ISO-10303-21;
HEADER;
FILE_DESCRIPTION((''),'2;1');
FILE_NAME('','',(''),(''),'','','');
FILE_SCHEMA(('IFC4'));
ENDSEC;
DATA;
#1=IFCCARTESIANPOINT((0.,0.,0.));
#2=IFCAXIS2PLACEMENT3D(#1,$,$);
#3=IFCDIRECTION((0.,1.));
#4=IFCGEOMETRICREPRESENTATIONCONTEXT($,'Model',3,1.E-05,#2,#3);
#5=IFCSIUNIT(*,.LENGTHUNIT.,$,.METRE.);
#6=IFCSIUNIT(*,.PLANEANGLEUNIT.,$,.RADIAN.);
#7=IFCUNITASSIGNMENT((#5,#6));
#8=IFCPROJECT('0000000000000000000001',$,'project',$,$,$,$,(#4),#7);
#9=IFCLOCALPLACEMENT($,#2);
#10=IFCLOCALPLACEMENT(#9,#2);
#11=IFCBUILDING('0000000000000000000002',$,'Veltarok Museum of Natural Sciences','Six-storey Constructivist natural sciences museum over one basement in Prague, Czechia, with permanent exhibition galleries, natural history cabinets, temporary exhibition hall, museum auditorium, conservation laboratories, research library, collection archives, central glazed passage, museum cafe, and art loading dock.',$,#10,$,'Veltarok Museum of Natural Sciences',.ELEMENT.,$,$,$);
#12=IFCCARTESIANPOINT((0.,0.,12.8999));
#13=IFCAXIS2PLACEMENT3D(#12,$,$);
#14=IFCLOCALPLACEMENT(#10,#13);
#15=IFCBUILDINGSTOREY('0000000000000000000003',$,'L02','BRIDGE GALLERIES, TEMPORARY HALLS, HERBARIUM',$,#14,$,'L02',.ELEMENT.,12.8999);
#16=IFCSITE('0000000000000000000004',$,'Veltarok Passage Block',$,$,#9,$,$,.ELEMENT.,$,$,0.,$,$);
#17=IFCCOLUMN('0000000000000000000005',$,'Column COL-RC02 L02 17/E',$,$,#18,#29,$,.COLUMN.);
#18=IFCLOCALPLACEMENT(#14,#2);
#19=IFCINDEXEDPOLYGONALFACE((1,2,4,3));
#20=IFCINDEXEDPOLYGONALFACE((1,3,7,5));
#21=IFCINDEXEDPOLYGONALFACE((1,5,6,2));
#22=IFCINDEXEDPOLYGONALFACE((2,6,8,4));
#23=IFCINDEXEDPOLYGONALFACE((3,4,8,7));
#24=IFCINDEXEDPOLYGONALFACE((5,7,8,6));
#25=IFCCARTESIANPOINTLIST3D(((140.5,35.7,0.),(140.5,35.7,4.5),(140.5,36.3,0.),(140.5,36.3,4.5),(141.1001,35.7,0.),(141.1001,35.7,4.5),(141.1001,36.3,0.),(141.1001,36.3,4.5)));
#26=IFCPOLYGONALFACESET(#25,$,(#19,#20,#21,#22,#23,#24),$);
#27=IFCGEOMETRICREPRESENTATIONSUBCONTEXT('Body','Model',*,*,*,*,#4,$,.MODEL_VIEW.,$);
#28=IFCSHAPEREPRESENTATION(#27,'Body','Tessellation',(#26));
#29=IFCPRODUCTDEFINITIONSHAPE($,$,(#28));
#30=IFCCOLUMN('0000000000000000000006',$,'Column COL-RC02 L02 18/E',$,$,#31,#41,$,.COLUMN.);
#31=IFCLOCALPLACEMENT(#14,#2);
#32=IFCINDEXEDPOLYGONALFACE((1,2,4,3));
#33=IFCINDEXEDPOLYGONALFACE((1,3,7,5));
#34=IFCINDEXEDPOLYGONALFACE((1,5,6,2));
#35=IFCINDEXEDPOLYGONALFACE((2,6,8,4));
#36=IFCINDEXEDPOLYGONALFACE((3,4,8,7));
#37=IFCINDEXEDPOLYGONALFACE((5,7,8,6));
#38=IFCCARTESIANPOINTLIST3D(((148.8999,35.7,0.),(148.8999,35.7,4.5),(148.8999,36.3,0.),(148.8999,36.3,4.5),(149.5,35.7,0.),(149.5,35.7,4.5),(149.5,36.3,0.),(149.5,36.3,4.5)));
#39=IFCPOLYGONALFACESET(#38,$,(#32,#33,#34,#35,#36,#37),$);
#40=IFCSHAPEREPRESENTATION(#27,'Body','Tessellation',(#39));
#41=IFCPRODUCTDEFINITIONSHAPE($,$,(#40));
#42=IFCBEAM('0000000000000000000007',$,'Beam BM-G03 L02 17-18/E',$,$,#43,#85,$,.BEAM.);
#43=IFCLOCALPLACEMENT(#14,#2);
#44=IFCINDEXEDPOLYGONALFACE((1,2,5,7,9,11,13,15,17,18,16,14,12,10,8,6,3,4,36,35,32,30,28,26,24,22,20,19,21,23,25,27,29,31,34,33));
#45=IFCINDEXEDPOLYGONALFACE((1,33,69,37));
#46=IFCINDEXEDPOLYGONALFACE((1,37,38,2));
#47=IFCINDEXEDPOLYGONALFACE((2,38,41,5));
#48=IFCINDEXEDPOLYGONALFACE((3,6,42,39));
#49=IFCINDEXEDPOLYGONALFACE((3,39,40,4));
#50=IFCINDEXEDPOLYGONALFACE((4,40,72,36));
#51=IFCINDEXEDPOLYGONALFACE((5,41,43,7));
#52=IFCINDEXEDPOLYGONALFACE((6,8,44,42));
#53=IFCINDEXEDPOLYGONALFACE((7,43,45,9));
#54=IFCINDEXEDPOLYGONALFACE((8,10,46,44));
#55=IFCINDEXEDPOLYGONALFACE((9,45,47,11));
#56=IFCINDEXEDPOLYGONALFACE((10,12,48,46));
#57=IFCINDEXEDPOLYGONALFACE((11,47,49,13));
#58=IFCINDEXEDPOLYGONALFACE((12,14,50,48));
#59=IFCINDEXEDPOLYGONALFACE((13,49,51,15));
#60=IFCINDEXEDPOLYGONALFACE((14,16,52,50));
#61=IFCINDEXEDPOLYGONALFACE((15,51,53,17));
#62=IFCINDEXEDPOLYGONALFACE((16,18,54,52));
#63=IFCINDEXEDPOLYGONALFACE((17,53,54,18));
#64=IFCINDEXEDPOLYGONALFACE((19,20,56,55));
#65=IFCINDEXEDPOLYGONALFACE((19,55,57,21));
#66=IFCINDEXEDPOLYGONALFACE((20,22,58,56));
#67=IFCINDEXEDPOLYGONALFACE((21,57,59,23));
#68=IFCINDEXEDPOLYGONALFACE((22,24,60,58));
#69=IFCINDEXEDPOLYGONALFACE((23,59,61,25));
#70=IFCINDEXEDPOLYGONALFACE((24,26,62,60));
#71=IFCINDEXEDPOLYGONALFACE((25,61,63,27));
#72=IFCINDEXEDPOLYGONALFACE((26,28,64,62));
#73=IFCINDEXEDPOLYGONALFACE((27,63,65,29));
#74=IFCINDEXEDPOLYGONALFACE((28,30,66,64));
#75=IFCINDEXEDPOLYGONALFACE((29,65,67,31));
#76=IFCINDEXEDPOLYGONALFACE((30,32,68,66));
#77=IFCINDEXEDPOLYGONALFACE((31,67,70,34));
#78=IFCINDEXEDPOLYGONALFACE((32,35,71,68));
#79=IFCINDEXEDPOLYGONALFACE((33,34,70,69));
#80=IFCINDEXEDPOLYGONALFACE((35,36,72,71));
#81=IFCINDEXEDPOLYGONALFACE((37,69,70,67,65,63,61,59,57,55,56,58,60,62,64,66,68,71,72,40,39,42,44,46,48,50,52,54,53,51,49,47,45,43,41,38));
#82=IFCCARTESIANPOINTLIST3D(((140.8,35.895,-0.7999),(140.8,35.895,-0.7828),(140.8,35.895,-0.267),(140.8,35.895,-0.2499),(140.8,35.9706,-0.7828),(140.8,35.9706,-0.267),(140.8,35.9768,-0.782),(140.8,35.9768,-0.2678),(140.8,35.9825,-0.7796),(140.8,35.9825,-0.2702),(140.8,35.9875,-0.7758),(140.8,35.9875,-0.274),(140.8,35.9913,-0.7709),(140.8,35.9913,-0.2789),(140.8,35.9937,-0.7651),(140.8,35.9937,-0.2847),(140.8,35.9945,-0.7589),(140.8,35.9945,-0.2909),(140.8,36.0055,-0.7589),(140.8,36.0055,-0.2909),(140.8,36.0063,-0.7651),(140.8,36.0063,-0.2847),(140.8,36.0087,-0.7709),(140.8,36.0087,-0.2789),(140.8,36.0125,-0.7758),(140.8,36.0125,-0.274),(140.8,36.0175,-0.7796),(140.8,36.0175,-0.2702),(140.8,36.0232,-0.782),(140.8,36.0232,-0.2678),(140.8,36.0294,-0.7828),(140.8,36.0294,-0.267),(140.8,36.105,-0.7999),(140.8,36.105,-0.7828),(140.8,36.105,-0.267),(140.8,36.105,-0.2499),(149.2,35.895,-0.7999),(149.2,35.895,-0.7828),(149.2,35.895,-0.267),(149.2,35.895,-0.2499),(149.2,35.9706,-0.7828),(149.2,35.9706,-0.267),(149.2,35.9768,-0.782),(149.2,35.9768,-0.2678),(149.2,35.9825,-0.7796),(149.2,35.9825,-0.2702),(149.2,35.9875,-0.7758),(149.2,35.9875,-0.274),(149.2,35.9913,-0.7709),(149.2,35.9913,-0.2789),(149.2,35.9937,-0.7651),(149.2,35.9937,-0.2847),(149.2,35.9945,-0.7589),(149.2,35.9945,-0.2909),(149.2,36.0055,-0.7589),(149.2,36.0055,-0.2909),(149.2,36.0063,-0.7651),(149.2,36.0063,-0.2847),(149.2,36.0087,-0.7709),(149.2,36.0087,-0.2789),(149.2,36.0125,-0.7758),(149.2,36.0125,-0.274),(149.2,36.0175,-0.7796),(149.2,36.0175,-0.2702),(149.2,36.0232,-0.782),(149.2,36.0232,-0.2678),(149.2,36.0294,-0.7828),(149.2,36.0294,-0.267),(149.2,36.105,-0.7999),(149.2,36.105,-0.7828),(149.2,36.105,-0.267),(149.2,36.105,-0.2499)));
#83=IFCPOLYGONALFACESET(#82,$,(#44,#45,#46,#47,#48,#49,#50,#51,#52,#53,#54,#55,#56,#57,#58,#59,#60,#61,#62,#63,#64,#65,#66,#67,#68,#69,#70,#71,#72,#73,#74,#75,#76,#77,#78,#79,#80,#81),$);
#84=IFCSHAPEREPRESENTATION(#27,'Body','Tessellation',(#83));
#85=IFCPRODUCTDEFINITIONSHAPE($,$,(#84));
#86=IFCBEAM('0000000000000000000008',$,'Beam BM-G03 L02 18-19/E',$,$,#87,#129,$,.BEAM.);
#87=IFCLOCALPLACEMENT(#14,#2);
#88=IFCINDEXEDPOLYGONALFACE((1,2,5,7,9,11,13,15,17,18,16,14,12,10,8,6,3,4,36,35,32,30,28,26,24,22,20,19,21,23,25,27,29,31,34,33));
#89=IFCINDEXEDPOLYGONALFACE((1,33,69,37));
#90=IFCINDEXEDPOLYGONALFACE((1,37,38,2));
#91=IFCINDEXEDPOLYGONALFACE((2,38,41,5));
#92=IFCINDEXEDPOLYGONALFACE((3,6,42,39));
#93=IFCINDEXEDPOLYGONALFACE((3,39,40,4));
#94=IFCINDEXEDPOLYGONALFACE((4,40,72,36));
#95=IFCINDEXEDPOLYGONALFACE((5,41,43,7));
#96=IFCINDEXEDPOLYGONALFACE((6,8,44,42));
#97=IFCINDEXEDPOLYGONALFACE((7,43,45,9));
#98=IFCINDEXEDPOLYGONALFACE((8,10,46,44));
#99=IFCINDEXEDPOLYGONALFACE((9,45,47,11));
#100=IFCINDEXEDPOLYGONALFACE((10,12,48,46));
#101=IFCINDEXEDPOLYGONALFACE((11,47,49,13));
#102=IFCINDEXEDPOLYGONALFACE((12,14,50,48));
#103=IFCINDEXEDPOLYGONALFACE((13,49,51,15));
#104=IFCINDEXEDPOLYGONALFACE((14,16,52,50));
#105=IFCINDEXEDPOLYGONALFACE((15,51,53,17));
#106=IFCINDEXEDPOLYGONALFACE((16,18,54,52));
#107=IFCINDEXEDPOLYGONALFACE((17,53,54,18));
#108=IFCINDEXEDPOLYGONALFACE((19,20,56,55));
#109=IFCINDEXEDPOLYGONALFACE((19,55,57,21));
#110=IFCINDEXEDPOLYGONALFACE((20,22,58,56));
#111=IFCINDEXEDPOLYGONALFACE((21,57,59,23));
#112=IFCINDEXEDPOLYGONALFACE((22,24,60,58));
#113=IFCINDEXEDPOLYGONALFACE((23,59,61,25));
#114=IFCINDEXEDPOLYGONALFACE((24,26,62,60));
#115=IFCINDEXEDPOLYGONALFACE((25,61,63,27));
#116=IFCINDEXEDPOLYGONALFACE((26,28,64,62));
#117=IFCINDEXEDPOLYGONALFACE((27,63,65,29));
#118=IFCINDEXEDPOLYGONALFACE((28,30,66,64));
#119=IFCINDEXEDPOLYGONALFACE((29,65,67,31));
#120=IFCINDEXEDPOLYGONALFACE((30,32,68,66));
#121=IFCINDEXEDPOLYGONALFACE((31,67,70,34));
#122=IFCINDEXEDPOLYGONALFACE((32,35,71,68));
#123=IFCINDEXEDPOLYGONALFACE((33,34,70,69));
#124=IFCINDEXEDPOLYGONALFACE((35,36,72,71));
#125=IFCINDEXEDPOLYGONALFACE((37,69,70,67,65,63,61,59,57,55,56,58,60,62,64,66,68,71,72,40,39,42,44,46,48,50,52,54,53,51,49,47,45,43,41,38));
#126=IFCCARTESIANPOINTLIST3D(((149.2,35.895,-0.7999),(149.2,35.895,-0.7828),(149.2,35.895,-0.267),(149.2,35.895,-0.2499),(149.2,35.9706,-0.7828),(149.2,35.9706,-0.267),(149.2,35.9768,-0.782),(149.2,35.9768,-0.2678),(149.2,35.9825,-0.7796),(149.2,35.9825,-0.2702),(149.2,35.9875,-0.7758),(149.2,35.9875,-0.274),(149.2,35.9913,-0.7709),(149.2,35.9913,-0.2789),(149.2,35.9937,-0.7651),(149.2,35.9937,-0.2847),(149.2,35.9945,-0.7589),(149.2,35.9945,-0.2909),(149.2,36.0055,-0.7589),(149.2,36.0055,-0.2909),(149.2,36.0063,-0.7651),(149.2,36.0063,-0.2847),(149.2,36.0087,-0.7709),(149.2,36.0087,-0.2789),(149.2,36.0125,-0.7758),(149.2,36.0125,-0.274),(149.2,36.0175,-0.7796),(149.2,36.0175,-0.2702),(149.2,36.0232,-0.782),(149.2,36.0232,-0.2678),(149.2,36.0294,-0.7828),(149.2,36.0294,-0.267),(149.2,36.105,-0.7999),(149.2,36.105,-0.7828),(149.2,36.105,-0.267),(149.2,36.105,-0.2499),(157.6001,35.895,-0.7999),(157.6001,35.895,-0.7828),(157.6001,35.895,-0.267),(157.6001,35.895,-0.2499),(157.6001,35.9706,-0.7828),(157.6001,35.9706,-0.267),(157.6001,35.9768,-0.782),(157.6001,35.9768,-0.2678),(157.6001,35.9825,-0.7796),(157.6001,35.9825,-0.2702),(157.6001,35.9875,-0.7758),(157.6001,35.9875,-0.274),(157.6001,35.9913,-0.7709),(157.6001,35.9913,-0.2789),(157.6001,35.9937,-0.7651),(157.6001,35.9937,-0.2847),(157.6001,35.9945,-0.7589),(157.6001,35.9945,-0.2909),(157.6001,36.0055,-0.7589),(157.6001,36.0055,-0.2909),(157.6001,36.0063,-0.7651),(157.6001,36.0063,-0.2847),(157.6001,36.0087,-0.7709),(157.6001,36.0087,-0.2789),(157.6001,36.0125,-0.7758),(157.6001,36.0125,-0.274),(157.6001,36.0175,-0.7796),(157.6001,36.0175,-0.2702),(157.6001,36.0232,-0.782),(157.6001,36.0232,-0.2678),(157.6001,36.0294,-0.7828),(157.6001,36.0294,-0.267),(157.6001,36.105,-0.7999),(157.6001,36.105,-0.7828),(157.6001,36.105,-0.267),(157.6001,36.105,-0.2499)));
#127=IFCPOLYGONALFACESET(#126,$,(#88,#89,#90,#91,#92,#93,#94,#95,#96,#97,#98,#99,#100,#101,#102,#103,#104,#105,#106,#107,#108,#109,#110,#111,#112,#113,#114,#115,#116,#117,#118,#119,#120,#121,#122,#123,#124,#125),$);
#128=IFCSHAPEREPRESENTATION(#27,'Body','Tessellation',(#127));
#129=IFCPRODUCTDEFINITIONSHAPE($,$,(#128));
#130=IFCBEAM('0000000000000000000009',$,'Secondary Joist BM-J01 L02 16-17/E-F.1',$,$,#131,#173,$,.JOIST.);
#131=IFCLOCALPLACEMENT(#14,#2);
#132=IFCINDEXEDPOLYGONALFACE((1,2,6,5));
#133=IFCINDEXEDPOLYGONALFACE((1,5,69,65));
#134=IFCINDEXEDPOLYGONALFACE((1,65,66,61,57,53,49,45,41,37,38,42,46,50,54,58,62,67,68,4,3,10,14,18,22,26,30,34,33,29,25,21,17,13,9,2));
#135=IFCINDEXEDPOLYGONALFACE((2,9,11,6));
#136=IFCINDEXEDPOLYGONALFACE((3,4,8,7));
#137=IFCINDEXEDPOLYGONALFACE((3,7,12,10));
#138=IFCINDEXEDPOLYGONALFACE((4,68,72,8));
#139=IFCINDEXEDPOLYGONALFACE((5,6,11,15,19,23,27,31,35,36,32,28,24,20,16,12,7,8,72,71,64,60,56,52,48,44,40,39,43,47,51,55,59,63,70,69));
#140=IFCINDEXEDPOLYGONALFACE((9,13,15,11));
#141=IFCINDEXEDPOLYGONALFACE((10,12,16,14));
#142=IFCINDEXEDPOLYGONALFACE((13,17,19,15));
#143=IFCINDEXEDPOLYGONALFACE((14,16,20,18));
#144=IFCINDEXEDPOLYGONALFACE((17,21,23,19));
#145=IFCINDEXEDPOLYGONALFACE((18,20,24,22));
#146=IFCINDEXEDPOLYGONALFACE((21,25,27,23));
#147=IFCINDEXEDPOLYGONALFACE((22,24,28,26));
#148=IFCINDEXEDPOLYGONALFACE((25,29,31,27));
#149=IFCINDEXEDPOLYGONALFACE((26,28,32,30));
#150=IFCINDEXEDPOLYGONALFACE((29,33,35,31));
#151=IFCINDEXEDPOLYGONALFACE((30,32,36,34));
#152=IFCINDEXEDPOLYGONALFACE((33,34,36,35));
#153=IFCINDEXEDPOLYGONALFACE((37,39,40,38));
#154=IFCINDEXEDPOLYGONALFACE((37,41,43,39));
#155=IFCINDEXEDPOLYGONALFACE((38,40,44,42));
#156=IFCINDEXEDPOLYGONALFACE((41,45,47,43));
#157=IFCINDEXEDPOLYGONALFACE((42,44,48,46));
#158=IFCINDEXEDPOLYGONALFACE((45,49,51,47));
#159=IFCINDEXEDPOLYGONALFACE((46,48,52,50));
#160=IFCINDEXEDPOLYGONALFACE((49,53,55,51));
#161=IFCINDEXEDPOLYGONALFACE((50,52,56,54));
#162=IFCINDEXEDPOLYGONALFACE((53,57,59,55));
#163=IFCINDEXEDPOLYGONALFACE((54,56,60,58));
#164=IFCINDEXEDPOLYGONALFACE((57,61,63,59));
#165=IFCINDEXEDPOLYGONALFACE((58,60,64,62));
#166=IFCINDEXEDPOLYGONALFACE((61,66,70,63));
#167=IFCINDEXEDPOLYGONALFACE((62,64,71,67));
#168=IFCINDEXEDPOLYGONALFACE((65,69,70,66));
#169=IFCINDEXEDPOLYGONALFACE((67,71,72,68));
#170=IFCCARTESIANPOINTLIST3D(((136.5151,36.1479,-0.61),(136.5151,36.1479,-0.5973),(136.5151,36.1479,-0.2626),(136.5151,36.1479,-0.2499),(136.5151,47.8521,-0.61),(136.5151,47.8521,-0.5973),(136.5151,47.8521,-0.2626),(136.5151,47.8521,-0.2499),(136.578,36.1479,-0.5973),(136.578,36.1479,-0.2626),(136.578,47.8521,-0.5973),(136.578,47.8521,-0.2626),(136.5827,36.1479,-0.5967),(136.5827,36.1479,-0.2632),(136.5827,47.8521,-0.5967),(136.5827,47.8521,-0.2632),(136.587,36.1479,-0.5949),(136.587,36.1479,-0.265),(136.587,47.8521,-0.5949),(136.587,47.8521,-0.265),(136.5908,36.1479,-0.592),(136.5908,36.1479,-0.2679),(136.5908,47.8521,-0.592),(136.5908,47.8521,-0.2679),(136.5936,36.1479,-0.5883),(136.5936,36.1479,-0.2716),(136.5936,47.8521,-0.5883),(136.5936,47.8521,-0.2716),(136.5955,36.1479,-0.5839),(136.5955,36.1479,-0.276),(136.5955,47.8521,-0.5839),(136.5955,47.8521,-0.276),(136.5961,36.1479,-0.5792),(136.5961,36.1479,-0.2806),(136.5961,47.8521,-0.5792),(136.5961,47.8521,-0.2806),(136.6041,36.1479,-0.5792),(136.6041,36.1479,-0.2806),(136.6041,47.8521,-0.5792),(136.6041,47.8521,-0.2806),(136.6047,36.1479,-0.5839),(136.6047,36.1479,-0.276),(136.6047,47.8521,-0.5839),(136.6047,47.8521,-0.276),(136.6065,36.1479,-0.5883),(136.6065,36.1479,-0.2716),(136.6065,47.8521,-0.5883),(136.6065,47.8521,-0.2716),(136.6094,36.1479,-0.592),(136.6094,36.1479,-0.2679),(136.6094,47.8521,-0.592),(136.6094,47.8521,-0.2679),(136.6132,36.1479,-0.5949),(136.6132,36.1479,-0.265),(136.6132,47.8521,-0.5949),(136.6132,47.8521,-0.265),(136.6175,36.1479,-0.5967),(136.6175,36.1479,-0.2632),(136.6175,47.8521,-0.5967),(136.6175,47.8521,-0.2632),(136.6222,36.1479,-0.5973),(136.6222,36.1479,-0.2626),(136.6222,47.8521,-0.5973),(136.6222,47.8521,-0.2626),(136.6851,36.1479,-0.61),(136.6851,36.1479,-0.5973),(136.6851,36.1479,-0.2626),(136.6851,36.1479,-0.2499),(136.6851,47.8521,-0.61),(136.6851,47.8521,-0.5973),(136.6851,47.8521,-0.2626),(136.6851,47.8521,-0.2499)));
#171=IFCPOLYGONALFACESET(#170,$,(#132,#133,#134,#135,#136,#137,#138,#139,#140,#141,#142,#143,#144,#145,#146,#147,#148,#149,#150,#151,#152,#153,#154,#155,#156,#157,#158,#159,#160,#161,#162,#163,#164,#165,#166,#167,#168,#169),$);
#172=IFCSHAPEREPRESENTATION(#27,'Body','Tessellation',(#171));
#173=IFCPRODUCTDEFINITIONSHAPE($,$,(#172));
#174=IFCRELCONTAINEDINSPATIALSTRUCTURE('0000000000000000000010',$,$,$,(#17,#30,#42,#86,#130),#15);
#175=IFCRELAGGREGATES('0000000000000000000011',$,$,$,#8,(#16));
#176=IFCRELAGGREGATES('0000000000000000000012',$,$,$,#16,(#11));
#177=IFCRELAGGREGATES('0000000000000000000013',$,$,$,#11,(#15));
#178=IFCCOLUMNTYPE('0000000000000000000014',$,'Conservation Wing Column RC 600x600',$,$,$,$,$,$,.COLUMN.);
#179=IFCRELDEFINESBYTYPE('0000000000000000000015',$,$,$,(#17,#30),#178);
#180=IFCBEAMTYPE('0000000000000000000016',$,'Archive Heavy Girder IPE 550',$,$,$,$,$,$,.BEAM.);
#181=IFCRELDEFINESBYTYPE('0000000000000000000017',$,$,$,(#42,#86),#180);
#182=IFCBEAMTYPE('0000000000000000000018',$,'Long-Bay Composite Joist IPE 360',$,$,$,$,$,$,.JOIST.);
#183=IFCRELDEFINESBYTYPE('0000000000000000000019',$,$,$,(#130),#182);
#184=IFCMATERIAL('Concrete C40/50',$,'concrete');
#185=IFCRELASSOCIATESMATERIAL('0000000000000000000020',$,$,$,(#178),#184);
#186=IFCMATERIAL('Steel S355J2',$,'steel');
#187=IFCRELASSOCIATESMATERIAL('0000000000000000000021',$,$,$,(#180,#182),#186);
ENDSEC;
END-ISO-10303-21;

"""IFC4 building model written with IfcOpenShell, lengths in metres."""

from ifc_helpers import new_model, si_unit, direction, frame, origin, origin_2d, place, context, subcontext, project, spatial, rectangle, i_section, extrude, material, material_profile, profile_set, type_object, element, save


model = new_model("IFC4")

# Units and contexts
model_context = context("Model", 3, precision=1e-05, world=origin(), true_north=direction((0.0, 1.0)))
body_context = subcontext(model_context, "Body", "Model", "MODEL_VIEW")
ifc_project = project(units=[si_unit("LENGTHUNIT", "METRE"), si_unit("PLANEANGLEUNIT", "RADIAN")], contexts=[model_context])

# Site, building, storey
site_placement = place(None, origin())
site = spatial("IfcSite", under=ifc_project, at=site_placement, Name="Veltarok Passage Block", CompositionType="ELEMENT", RefElevation=0.0)
building_placement = place(site_placement, origin())
building = spatial("IfcBuilding", under=site, at=building_placement, Name="Veltarok Museum of Natural Sciences", Description="Six-storey Constructivist natural sciences museum over one basement in Prague, Czechia, with permanent exhibition galleries, natural history cabinets, temporary exhibition hall, museum auditorium, conservation laboratories, research library, collection archives, central glazed passage, museum cafe, and art loading dock.", LongName="Veltarok Museum of Natural Sciences", CompositionType="ELEMENT")
storey_placement = place(building_placement, frame((0.0, 0.0, 12.8999)))
storey = spatial("IfcBuildingStorey", under=building, at=storey_placement, Name="L02", Description="BRIDGE GALLERIES, TEMPORARY HALLS, HERBARIUM", LongName="L02", CompositionType="ELEMENT", Elevation=12.8999)

# Columns
ifc_material_1 = material(Name="Concrete C40/50", Category="concrete")
ifc_material_profile_1 = material_profile(ifc_material_1, rectangle(XDim=0.6001, YDim=0.6001, at=origin_2d()), Name="RC 600x600")
ifc_profile_set_1 = profile_set([ifc_material_profile_1], Name="Concrete C40/50")
column_type = type_object("IfcColumnType", Name="Conservation Wing Column RC 600x600", PredefinedType="COLUMN", material=ifc_profile_set_1)
for number, where, z_axis, x_axis, name in (
    (1, (140.8, 36.0, 0.0), (0.0, 0.0, 1.0), (1.0, 0.0, 0.0), "Column COL-RC02 L02 17/E"),
    (2, (149.2, 36.0, 0.0), (0.0, 0.0, 1.0), (1.0, 0.0, 0.0), "Column COL-RC02 L02 18/E"),
):
    element("IfcColumn", number, at=place(storey_placement, frame(where, z_axis=z_axis, x_axis=x_axis)), inside=storey, type_object=column_type, Name=name, PredefinedType="COLUMN", context=body_context, shape_type="SweptSolid", body=[
        extrude(rectangle(XDim=0.6001, YDim=0.6001, at=origin_2d()), origin(), (0.0, 0.0, 1.0), 4.5),
    ])

# Beams
ifc_material_2 = material(Name="Steel S355J2", Category="steel")
ifc_material_profile_2 = material_profile(ifc_material_2, i_section(OverallWidth=0.21, OverallDepth=0.55, WebThickness=0.011, FlangeThickness=0.0171, FilletRadius=0.0239, at=origin_2d()), Name="IPE 550")
ifc_profile_set_2 = profile_set([ifc_material_profile_2], Name="Steel S355J2")
beam_type_1 = type_object("IfcBeamType", Name="Archive Heavy Girder IPE 550", PredefinedType="BEAM", material=ifc_profile_set_2)
beam_1_placement = place(storey_placement, frame((140.8, 36.0, -0.5249), z_axis=(1.0, 0.0, 0.0), x_axis=(0.0, 1.0, 0.0)))
element("IfcBeam", 3, at=beam_1_placement, inside=storey, type_object=beam_type_1, Name="Beam BM-G03 L02 17-18/E", PredefinedType="BEAM", context=body_context, shape_type="SweptSolid", body=[
    extrude(i_section(OverallWidth=0.21, OverallDepth=0.55, WebThickness=0.011, FlangeThickness=0.0171, FilletRadius=0.0239, at=origin_2d()), origin(), (0.0, 0.0, 1.0), 8.3999),
])
beam_2_placement = place(storey_placement, frame((149.2, 36.0, -0.5249), z_axis=(1.0, 0.0, 0.0), x_axis=(0.0, 1.0, 0.0)))
element("IfcBeam", 4, at=beam_2_placement, inside=storey, type_object=beam_type_1, Name="Beam BM-G03 L02 18-19/E", PredefinedType="BEAM", context=body_context, shape_type="SweptSolid", body=[
    extrude(i_section(OverallWidth=0.21, OverallDepth=0.55, WebThickness=0.011, FlangeThickness=0.0171, FilletRadius=0.0239, at=origin_2d()), origin(), (0.0, 0.0, 1.0), 8.4001),
])
ifc_material_profile_3 = material_profile(ifc_material_2, i_section(OverallWidth=0.1699, OverallDepth=0.3601, WebThickness=0.0081, FlangeThickness=0.0127, FilletRadius=0.0181, at=origin_2d()), Name="IPE 360")
ifc_profile_set_3 = profile_set([ifc_material_profile_3], Name="Steel S355J2")
beam_type_2 = type_object("IfcBeamType", Name="Long-Bay Composite Joist IPE 360", PredefinedType="JOIST", material=ifc_profile_set_3)
beam_3_placement = place(storey_placement, frame((136.6001, 36.1479, -0.4299), z_axis=(0.0, 1.0, 0.0), x_axis=(-1.0, 0.0, 0.0)))
element("IfcBeam", 5, at=beam_3_placement, inside=storey, type_object=beam_type_2, Name="Secondary Joist BM-J01 L02 16-17/E-F.1", PredefinedType="JOIST", context=body_context, shape_type="SweptSolid", body=[
    extrude(i_section(OverallWidth=0.1699, OverallDepth=0.3601, WebThickness=0.0081, FlangeThickness=0.0127, FilletRadius=0.0181, at=origin_2d()), origin(), (0.0, 0.0, 1.0), 11.7041),
])

save(model, "model.ifc")
